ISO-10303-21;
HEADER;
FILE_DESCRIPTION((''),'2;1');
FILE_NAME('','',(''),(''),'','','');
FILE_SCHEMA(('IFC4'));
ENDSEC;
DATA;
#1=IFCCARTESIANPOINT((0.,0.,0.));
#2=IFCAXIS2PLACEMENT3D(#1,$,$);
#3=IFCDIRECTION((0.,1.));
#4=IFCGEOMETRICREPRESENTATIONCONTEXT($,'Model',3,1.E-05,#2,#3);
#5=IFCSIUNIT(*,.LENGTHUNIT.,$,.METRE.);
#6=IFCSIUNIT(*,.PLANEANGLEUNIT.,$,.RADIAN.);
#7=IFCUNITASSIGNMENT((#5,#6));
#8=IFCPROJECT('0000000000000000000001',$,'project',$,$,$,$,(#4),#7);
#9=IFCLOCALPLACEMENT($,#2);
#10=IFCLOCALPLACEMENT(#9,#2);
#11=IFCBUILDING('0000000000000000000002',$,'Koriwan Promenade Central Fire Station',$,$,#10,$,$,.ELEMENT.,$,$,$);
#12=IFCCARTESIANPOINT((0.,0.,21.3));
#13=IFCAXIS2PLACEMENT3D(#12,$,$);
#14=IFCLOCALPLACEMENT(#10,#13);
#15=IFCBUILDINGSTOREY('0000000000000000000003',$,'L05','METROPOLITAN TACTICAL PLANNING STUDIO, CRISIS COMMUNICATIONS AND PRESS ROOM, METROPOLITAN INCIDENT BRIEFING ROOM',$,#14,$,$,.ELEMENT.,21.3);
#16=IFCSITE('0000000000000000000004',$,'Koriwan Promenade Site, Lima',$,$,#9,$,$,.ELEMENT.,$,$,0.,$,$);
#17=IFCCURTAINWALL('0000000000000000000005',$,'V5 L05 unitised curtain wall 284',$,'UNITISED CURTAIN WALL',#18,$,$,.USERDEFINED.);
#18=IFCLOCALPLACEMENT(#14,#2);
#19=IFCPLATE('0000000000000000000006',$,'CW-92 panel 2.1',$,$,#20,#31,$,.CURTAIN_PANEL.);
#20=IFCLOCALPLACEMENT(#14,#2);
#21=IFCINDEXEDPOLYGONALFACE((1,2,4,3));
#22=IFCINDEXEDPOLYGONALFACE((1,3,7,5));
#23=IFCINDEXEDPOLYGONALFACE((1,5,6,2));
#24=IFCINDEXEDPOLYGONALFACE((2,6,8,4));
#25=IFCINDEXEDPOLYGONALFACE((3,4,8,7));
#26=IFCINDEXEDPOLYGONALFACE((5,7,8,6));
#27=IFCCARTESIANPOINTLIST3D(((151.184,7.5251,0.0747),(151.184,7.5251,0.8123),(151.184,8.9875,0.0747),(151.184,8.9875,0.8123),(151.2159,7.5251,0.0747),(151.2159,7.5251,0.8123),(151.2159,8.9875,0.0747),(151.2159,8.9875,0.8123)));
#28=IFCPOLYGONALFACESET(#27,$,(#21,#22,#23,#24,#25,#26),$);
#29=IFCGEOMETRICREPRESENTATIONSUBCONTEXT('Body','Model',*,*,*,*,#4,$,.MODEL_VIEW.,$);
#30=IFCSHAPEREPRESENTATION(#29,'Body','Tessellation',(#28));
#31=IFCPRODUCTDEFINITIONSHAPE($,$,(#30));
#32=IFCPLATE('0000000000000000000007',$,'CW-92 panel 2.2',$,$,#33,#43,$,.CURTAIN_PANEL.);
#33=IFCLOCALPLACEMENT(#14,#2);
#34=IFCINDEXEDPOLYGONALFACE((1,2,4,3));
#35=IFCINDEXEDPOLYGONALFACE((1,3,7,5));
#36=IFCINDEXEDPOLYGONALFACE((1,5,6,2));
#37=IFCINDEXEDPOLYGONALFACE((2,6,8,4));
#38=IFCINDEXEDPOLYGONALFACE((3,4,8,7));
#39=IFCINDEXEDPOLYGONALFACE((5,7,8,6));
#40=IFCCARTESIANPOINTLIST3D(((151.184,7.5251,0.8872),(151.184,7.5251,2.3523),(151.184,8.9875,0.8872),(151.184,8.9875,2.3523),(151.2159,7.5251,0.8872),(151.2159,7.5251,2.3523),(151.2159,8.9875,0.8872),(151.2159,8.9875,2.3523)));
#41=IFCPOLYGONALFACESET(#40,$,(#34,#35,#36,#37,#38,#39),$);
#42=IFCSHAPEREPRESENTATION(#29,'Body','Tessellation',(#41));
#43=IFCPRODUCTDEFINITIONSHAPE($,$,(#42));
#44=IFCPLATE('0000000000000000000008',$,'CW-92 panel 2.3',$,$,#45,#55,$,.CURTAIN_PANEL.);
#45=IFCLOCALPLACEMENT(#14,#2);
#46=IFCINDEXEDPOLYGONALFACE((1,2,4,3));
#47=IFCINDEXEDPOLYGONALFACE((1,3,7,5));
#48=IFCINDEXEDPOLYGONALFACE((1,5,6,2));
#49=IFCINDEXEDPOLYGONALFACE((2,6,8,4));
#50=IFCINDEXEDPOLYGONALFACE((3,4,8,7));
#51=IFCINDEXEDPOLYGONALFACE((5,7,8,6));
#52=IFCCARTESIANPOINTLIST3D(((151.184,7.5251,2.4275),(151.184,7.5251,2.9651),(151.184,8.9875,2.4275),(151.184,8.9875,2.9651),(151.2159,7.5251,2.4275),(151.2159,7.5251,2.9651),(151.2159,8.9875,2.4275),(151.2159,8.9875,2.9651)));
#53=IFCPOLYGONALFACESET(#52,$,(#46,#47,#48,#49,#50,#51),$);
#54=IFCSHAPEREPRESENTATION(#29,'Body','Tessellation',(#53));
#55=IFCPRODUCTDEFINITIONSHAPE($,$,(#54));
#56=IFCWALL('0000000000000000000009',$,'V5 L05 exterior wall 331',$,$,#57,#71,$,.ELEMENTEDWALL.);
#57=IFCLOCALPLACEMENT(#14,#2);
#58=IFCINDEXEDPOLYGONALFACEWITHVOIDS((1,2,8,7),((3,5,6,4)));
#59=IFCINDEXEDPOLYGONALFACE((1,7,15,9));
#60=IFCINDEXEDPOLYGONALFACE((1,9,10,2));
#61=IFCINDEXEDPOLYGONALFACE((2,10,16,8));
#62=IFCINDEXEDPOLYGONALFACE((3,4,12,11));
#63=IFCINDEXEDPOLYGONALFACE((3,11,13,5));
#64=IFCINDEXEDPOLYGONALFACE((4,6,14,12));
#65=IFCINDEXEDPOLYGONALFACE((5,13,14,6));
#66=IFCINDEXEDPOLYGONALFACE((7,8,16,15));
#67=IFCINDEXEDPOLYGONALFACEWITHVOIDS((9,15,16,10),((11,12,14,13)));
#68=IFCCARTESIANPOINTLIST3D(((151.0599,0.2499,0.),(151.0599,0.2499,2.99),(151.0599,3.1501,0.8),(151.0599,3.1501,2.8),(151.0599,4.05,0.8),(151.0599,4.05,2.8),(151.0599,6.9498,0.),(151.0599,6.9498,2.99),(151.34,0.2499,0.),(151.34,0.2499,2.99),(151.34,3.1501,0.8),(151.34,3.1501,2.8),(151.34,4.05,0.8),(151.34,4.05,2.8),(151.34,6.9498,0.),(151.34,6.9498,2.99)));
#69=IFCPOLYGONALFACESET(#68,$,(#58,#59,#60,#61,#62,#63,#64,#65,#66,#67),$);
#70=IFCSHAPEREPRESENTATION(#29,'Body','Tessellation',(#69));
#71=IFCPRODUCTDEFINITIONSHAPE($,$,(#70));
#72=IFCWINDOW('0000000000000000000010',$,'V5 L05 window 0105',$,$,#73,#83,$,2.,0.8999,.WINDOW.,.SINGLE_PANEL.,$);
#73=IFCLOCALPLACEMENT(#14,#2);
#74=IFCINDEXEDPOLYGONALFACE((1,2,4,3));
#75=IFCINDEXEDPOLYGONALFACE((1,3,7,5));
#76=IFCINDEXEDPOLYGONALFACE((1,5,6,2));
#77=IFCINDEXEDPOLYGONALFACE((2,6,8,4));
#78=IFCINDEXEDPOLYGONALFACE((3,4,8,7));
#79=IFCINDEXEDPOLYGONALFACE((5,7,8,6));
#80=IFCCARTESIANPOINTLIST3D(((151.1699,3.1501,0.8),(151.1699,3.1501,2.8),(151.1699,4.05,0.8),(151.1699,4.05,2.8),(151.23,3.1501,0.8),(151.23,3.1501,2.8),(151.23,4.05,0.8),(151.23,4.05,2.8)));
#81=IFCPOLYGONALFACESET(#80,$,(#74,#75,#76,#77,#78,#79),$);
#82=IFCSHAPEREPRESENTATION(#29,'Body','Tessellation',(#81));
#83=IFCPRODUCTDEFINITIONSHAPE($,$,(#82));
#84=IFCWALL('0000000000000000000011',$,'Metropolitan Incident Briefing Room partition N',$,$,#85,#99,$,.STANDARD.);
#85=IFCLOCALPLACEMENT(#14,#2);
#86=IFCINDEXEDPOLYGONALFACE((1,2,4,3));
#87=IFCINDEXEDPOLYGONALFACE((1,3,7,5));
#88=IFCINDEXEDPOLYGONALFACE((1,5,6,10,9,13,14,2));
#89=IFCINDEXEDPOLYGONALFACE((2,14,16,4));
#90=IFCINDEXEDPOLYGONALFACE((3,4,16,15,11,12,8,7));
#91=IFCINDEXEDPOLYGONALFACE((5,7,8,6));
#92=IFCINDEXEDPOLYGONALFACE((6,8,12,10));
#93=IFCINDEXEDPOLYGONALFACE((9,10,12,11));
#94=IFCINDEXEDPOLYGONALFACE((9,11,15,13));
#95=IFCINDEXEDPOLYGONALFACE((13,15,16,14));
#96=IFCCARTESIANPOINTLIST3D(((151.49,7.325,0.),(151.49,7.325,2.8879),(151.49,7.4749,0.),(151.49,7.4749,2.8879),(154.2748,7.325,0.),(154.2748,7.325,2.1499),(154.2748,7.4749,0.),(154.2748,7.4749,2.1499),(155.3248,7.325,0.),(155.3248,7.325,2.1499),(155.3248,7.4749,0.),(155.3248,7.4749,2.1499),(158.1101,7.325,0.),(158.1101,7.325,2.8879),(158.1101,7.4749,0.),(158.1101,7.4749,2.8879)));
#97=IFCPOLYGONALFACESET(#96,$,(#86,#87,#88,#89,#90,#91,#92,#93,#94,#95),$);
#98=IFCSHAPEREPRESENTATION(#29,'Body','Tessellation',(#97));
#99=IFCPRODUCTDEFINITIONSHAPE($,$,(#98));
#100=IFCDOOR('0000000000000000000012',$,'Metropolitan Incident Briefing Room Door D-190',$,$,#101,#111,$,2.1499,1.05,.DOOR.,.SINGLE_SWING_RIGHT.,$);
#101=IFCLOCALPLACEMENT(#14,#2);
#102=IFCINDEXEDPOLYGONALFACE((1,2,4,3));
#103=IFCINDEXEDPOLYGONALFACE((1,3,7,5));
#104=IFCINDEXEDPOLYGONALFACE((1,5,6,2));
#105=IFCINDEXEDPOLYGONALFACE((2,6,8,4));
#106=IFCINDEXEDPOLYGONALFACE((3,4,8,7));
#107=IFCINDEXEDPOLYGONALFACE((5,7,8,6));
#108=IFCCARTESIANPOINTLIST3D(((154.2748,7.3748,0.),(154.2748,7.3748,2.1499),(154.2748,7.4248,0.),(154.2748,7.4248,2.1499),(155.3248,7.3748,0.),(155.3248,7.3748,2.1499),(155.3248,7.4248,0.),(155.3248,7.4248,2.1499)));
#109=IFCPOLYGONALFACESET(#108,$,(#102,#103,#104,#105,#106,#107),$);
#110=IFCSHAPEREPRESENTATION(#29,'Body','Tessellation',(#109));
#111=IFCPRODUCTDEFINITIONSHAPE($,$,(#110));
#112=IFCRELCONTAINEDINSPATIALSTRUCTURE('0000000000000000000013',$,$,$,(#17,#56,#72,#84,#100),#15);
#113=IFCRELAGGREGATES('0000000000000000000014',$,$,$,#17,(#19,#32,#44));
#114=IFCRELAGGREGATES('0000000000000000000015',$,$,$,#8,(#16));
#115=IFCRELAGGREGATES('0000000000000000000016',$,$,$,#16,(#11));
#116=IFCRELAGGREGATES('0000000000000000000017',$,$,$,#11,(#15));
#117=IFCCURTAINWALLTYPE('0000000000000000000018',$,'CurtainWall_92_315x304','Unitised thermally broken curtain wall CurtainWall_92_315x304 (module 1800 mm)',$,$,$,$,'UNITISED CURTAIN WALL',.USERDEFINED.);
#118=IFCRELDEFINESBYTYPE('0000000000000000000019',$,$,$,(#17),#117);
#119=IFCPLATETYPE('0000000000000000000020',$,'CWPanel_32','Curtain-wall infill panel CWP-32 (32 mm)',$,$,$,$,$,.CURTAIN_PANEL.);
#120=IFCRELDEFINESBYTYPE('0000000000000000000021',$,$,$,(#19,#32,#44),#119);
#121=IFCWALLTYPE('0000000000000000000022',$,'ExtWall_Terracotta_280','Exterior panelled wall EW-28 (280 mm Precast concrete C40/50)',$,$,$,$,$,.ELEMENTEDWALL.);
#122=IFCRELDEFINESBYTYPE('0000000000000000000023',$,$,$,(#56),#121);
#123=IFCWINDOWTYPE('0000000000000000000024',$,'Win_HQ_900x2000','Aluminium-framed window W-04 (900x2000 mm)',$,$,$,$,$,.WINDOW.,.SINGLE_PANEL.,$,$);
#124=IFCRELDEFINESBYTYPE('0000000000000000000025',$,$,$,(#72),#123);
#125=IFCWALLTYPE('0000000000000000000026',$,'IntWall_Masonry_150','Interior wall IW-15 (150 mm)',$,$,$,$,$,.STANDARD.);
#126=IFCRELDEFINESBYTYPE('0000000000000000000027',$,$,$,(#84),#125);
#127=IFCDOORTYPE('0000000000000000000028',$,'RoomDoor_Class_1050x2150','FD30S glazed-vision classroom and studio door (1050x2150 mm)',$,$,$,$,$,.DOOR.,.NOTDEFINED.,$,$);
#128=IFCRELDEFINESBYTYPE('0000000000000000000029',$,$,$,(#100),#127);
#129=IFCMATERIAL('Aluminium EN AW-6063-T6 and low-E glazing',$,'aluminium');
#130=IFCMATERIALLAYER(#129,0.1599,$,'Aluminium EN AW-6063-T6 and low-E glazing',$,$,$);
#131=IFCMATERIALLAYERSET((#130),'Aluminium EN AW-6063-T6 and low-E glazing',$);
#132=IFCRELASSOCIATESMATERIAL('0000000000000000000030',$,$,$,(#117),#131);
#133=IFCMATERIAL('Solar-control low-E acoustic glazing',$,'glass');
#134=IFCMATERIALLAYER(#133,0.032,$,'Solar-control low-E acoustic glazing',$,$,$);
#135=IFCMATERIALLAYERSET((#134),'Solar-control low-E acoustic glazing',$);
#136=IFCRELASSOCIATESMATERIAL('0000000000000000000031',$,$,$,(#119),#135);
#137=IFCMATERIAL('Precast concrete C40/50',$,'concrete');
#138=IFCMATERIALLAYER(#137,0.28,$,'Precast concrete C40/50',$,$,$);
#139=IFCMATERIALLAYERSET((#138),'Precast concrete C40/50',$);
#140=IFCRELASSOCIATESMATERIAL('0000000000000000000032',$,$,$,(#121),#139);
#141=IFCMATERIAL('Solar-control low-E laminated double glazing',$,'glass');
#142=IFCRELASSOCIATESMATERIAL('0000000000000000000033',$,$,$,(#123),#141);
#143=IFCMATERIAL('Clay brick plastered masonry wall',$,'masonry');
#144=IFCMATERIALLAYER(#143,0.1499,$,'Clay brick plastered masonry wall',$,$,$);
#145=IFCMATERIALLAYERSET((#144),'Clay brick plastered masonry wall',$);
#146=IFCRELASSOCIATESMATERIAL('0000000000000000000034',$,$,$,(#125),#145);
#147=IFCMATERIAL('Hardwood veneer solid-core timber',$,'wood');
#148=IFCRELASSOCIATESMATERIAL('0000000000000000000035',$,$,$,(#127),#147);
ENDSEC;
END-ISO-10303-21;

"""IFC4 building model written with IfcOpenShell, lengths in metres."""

from ifc_helpers import new_model, si_unit, direction, frame, frame_2d, origin, origin_2d, place, context, subcontext, project, spatial, rectangle, extrude, material, layer, layer_set, type_object, element, fill, aggregate, save


model = new_model("IFC4")

# Units and contexts
model_context = context("Model", 3, precision=1e-05, world=origin(), true_north=direction((0.0, 1.0)))
body_context = subcontext(model_context, "Body", "Model", "MODEL_VIEW")
ifc_project = project(units=[si_unit("LENGTHUNIT", "METRE"), si_unit("PLANEANGLEUNIT", "RADIAN")], contexts=[model_context])

# Site, building, storey
site_placement = place(None, origin())
site = spatial("IfcSite", under=ifc_project, at=site_placement, Name="Koriwan Promenade Site, Lima", CompositionType="ELEMENT", RefElevation=0.0)
building_placement = place(site_placement, origin())
building = spatial("IfcBuilding", under=site, at=building_placement, Name="Koriwan Promenade Central Fire Station", CompositionType="ELEMENT")
storey_placement = place(building_placement, frame((0.0, 0.0, 21.3)))
storey = spatial("IfcBuildingStorey", under=building, at=storey_placement, Name="L05", Description="METROPOLITAN TACTICAL PLANNING STUDIO, CRISIS COMMUNICATIONS AND PRESS ROOM, METROPOLITAN INCIDENT BRIEFING ROOM", CompositionType="ELEMENT", Elevation=21.3)

# Curtain wall
ifc_material_1 = material(Name="Aluminium EN AW-6063-T6 and low-E glazing", Category="aluminium")
ifc_layer_1 = layer(ifc_material_1, 0.1599, Name="Aluminium EN AW-6063-T6 and low-E glazing")
ifc_layer_set_1 = layer_set([ifc_layer_1], Name="Aluminium EN AW-6063-T6 and low-E glazing")
curtain_wall_type_1 = type_object("IfcCurtainWallType", Name="CurtainWall_92_315x304", Description="Unitised thermally broken curtain wall CurtainWall_92_315x304 (module 1800 mm)", ElementType="UNITISED CURTAIN WALL", PredefinedType="USERDEFINED", material=ifc_layer_set_1)
curtain_wall_1_placement = place(storey_placement, origin())
curtain_wall_1 = element("IfcCurtainWall", 1, at=curtain_wall_1_placement, inside=storey, type_object=curtain_wall_type_1, Name="V5 L05 unitised curtain wall 284", ObjectType="UNITISED CURTAIN WALL", PredefinedType="USERDEFINED")

# Plates
ifc_material_2 = material(Name="Solar-control low-E acoustic glazing", Category="glass")
ifc_layer_2 = layer(ifc_material_2, 0.032, Name="Solar-control low-E acoustic glazing")
ifc_layer_set_2 = layer_set([ifc_layer_2], Name="Solar-control low-E acoustic glazing")
plate_type = type_object("IfcPlateType", Name="CWPanel_32", Description="Curtain-wall infill panel CWP-32 (32 mm)", PredefinedType="CURTAIN_PANEL", material=ifc_layer_set_2)
plate_1_placement = place(storey_placement, frame((151.2, 8.2563, 0.0747), z_axis=(0.0, 0.0, 1.0), x_axis=(0.0, -1.0, 0.0)))
plate_1 = element("IfcPlate", 2, at=plate_1_placement, type_object=plate_type, Name="CW-92 panel 2.1", PredefinedType="CURTAIN_PANEL", context=body_context, shape_type="SweptSolid", body=[
    extrude(rectangle(XDim=1.4624, YDim=0.032, at=origin_2d()), origin(), (0.0, 0.0, 1.0), 0.7375),
])
plate_2_placement = place(storey_placement, frame((151.2, 8.2563, 0.8872), z_axis=(0.0, 0.0, 1.0), x_axis=(0.0, -1.0, 0.0)))
plate_2 = element("IfcPlate", 3, at=plate_2_placement, type_object=plate_type, Name="CW-92 panel 2.2", PredefinedType="CURTAIN_PANEL", context=body_context, shape_type="SweptSolid", body=[
    extrude(rectangle(XDim=1.4624, YDim=0.032, at=origin_2d()), origin(), (0.0, 0.0, 1.0), 1.4651),
])
plate_3_placement = place(storey_placement, frame((151.2, 8.2563, 2.4275), z_axis=(0.0, 0.0, 1.0), x_axis=(0.0, -1.0, 0.0)))
plate_3 = element("IfcPlate", 4, at=plate_3_placement, type_object=plate_type, Name="CW-92 panel 2.3", PredefinedType="CURTAIN_PANEL", context=body_context, shape_type="SweptSolid", body=[
    extrude(rectangle(XDim=1.4624, YDim=0.032, at=origin_2d()), origin(), (0.0, 0.0, 1.0), 0.5376),
])
aggregate(curtain_wall_1, [plate_1, plate_2, plate_3])

# Wall, opening, window
ifc_material_3 = material(Name="Precast concrete C40/50", Category="concrete")
ifc_layer_3 = layer(ifc_material_3, 0.28, Name="Precast concrete C40/50")
ifc_layer_set_3 = layer_set([ifc_layer_3], Name="Precast concrete C40/50")
wall_type_1 = type_object("IfcWallType", Name="ExtWall_Terracotta_280", Description="Exterior panelled wall EW-28 (280 mm Precast concrete C40/50)", PredefinedType="ELEMENTEDWALL", material=ifc_layer_set_3)
wall_1_placement = place(storey_placement, frame((151.2, 6.95, 0.0), z_axis=(0.0, 0.0, 1.0), x_axis=(0.0, -1.0, 0.0)))
wall_1 = element("IfcWall", 5, at=wall_1_placement, inside=storey, type_object=wall_type_1, Name="V5 L05 exterior wall 331", PredefinedType="ELEMENTEDWALL", context=body_context, shape_type="SweptSolid", body=[
    extrude(rectangle(XDim=6.7, YDim=0.28, at=frame_2d((3.3501, 0.0))), origin(), (0.0, 0.0, 1.0), 2.99),
])
opening_1_placement = place(wall_1_placement, frame((2.8999, 0.0, 0.8)))
opening_1 = element("IfcOpeningElement", 6, at=opening_1_placement, cuts=wall_1, PredefinedType="OPENING", context=body_context, shape_type="SweptSolid", body=[
    extrude(rectangle(XDim=0.8999, YDim=2.0, at=frame_2d((0.45, 1.0))), frame((0.0, 0.1519, 0.0), z_axis=(0.0, -1.0, 0.0), x_axis=(1.0, 0.0, 0.0)), (0.0, 0.0, 1.0), 0.304),
])
ifc_material_4 = material(Name="Solar-control low-E laminated double glazing", Category="glass")
window_type = type_object("IfcWindowType", Name="Win_HQ_900x2000", Description="Aluminium-framed window W-04 (900x2000 mm)", PartitioningType="SINGLE_PANEL", PredefinedType="WINDOW", material=ifc_material_4)
window_placement = place(opening_1_placement, origin())
window = element("IfcWindow", 7, at=window_placement, inside=storey, type_object=window_type, Name="V5 L05 window 0105", OverallHeight=2.0, OverallWidth=0.8999, PartitioningType="SINGLE_PANEL", PredefinedType="WINDOW", context=body_context, shape_type="SweptSolid", body=[
    extrude(rectangle(XDim=0.8999, YDim=2.0, at=frame_2d((0.45, 1.0))), frame((0.0, 0.03, 0.0), z_axis=(0.0, -1.0, 0.0), x_axis=(1.0, 0.0, 0.0)), (0.0, 0.0, 1.0), 0.0601),
])
fill(opening_1, window)

# Wall, opening, door
ifc_material_5 = material(Name="Clay brick plastered masonry wall", Category="masonry")
ifc_layer_4 = layer(ifc_material_5, 0.1499, Name="Clay brick plastered masonry wall")
ifc_layer_set_4 = layer_set([ifc_layer_4], Name="Clay brick plastered masonry wall")
wall_type_2 = type_object("IfcWallType", Name="IntWall_Masonry_150", Description="Interior wall IW-15 (150 mm)", PredefinedType="STANDARD", material=ifc_layer_set_4)
wall_2_placement = place(storey_placement, frame((151.49, 7.3999, 0.0), z_axis=(0.0, 0.0, 1.0), x_axis=(1.0, 0.0, 0.0)))
wall_2 = element("IfcWall", 8, at=wall_2_placement, inside=storey, type_object=wall_type_2, Name="Metropolitan Incident Briefing Room partition N", PredefinedType="STANDARD", context=body_context, shape_type="SweptSolid", body=[
    extrude(rectangle(XDim=6.6201, YDim=0.1499, at=frame_2d((3.3101, 0.0))), origin(), (0.0, 0.0, 1.0), 2.8879),
])
opening_2_placement = place(wall_2_placement, frame((2.7849, 0.0, 0.0)))
opening_2 = element("IfcOpeningElement", 9, at=opening_2_placement, cuts=wall_2, PredefinedType="OPENING", context=body_context, shape_type="SweptSolid", body=[
    extrude(rectangle(XDim=1.05, YDim=2.1499, at=frame_2d((0.5249, 1.075))), frame((0.0, 0.0869, 0.0), z_axis=(0.0, -1.0, 0.0), x_axis=(1.0, 0.0, 0.0)), (0.0, 0.0, 1.0), 0.1738),
])
ifc_material_6 = material(Name="Hardwood veneer solid-core timber", Category="wood")
door_type = type_object("IfcDoorType", Name="RoomDoor_Class_1050x2150", Description="FD30S glazed-vision classroom and studio door (1050x2150 mm)", OperationType="NOTDEFINED", PredefinedType="DOOR", material=ifc_material_6)
door_placement = place(opening_2_placement, origin())
door = element("IfcDoor", 10, at=door_placement, inside=storey, type_object=door_type, Name="Metropolitan Incident Briefing Room Door D-190", OperationType="SINGLE_SWING_RIGHT", OverallHeight=2.1499, OverallWidth=1.05, PredefinedType="DOOR", context=body_context, shape_type="SweptSolid", body=[
    extrude(rectangle(XDim=1.05, YDim=2.1499, at=frame_2d((0.5249, 1.075))), frame((0.0, 0.0249, 0.0), z_axis=(0.0, -1.0, 0.0), x_axis=(1.0, 0.0, 0.0)), (0.0, 0.0, 1.0), 0.05),
])
fill(opening_2, door)

save(model, "model.ifc")
